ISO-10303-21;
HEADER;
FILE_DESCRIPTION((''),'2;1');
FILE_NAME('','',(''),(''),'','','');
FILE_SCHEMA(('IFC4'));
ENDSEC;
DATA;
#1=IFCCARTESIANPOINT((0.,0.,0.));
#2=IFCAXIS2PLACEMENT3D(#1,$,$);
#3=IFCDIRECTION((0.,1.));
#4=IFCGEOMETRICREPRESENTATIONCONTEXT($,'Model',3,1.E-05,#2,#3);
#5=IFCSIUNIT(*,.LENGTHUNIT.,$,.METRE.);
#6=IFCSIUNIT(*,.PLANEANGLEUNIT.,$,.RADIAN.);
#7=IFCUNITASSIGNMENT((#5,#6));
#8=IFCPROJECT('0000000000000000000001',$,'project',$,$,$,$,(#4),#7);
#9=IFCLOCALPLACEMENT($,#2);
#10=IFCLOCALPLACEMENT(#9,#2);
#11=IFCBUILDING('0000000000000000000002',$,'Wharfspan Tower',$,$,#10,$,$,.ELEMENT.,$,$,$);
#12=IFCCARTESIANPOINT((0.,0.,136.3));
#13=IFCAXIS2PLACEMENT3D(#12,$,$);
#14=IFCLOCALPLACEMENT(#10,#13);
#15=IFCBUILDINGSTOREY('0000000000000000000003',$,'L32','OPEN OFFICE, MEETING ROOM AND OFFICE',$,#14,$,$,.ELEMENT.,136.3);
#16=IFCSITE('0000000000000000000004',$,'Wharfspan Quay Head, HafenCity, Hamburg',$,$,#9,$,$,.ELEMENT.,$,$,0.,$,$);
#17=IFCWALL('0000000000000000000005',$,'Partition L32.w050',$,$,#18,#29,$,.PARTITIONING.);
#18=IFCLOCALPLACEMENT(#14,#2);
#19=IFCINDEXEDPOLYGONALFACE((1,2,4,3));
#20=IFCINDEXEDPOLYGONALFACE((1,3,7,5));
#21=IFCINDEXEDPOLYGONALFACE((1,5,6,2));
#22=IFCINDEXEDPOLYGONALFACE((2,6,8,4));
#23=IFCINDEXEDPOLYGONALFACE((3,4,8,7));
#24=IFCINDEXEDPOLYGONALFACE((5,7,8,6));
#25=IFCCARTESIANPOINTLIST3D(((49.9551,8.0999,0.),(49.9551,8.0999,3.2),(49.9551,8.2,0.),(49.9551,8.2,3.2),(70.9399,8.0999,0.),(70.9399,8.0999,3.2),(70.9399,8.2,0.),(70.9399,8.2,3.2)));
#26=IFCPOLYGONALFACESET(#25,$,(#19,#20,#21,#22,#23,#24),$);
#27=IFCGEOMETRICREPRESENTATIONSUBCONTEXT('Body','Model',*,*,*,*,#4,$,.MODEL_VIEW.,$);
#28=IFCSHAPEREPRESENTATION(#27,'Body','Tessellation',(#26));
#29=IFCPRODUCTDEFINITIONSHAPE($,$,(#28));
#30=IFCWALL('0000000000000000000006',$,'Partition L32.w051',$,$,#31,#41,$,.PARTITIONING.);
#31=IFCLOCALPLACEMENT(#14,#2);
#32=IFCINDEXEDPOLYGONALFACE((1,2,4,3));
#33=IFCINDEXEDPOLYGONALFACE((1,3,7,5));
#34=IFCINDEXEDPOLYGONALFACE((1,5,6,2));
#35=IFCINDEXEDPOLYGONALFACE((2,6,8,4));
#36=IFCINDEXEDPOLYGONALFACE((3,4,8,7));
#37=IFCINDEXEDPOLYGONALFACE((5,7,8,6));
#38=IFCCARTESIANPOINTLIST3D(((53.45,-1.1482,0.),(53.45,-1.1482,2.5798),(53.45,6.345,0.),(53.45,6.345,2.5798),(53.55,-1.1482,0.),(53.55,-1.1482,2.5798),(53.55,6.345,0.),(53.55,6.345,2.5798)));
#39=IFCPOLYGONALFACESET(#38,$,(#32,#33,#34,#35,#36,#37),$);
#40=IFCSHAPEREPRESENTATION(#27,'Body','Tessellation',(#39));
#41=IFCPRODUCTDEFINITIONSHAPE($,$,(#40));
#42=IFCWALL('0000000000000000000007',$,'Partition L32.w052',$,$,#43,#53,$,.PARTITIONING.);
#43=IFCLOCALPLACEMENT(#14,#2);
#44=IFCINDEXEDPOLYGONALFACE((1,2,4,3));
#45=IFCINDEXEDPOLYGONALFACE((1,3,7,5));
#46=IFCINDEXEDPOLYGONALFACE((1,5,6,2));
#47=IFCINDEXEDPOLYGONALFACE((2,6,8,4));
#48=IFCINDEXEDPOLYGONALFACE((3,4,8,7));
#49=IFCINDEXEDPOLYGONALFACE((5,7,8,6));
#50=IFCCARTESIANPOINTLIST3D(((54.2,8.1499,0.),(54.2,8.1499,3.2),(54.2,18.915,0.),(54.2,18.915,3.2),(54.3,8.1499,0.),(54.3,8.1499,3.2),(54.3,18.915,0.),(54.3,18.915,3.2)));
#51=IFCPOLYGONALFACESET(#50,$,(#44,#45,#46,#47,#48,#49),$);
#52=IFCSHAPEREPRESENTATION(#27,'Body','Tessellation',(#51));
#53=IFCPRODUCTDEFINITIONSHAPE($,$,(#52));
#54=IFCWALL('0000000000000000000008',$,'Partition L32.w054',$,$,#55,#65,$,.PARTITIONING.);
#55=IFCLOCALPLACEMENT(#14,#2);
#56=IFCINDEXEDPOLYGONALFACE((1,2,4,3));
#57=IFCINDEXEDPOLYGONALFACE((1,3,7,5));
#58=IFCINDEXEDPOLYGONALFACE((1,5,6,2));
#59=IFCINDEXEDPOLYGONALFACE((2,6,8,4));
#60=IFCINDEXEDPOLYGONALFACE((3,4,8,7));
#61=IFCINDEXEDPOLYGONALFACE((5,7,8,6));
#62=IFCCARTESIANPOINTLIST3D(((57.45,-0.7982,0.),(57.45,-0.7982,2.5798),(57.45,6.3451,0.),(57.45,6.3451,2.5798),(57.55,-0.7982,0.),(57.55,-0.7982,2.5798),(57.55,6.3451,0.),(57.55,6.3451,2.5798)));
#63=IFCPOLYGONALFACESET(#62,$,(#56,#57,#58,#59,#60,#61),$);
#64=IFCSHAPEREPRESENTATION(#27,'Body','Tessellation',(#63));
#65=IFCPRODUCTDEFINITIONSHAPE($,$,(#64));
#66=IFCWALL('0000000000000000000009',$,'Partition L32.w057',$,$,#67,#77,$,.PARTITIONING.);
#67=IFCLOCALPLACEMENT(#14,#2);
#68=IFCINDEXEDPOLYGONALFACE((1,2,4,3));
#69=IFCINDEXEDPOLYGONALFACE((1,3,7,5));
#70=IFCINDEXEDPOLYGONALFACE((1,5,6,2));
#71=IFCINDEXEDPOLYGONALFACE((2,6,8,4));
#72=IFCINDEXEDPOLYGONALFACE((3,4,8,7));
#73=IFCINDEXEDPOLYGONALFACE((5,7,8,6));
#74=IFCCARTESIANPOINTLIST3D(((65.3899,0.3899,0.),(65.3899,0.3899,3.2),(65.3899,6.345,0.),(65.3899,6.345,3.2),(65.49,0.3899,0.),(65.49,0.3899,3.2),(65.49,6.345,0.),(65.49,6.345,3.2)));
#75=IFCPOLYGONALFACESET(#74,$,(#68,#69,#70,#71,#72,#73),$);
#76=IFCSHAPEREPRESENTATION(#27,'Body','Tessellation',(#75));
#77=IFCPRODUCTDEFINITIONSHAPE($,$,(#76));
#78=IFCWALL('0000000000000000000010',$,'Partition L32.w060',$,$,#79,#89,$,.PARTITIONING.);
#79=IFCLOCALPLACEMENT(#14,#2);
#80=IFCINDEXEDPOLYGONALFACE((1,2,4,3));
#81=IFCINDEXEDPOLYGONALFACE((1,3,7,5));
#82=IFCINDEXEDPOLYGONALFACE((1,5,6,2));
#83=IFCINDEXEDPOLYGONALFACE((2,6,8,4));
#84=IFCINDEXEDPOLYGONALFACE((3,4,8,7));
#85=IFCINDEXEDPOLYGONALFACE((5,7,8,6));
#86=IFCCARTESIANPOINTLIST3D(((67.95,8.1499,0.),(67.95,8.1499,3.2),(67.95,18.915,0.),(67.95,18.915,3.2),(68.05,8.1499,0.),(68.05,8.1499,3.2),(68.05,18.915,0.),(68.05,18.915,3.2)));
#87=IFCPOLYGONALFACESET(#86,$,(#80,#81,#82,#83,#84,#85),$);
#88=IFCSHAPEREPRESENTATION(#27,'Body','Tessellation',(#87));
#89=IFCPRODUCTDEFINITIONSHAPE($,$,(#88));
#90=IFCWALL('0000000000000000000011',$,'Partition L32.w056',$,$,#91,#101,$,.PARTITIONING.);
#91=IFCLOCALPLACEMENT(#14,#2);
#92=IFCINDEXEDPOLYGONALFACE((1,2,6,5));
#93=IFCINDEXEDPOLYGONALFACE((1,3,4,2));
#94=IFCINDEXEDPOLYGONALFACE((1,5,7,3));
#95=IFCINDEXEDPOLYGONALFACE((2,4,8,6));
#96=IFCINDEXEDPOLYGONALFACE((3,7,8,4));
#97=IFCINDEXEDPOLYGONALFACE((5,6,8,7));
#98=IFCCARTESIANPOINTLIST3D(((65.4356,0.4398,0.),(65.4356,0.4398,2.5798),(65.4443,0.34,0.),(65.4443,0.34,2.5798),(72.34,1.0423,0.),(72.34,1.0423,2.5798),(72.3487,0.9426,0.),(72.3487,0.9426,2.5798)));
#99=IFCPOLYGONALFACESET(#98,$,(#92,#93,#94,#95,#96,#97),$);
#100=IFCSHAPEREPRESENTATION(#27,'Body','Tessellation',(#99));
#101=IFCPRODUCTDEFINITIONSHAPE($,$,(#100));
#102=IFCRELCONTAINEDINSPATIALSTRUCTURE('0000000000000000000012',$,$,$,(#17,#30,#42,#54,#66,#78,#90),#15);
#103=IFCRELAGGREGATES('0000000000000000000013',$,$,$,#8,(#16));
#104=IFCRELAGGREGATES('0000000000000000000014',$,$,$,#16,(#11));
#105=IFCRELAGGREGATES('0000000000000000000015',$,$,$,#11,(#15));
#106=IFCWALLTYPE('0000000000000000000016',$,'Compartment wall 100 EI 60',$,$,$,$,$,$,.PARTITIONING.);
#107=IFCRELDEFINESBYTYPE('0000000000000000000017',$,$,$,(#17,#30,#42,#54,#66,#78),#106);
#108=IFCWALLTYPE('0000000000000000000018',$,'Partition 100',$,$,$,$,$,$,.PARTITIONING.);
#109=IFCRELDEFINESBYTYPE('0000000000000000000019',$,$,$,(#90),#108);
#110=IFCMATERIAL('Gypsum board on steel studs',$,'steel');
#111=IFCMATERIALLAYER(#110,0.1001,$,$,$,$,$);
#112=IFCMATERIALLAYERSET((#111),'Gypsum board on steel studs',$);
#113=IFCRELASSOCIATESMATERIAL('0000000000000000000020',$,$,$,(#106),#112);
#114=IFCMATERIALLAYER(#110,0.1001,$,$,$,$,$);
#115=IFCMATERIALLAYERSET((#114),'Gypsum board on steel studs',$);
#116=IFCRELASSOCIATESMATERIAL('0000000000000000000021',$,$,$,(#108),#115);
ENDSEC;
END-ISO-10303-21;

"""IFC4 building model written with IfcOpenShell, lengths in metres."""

from ifc_helpers import new_model, si_unit, direction, frame, frame_2d, origin, place, context, subcontext, project, spatial, rectangle, extrude, material, layer, layer_set, type_object, element, save


model = new_model("IFC4")

# Units and contexts
model_context = context("Model", 3, precision=1e-05, world=origin(), true_north=direction((0.0, 1.0)))
body_context = subcontext(model_context, "Body", "Model", "MODEL_VIEW")
ifc_project = project(units=[si_unit("LENGTHUNIT", "METRE"), si_unit("PLANEANGLEUNIT", "RADIAN")], contexts=[model_context])

# Site, building, storey
site_placement = place(None, origin())
site = spatial("IfcSite", under=ifc_project, at=site_placement, Name="Wharfspan Quay Head, HafenCity, Hamburg", CompositionType="ELEMENT", RefElevation=0.0)
building_placement = place(site_placement, origin())
building = spatial("IfcBuilding", under=site, at=building_placement, Name="Wharfspan Tower", CompositionType="ELEMENT")
storey_placement = place(building_placement, frame((0.0, 0.0, 136.3)))
storey = spatial("IfcBuildingStorey", under=building, at=storey_placement, Name="L32", Description="OPEN OFFICE, MEETING ROOM AND OFFICE", CompositionType="ELEMENT", Elevation=136.3)

# Walls
ifc_material_1 = material(Name="Gypsum board on steel studs", Category="steel")
ifc_layer_1 = layer(ifc_material_1, 0.1001)
ifc_layer_set_1 = layer_set([ifc_layer_1], Name="Gypsum board on steel studs")
wall_type_1 = type_object("IfcWallType", Name="Compartment wall 100 EI 60", PredefinedType="PARTITIONING", material=ifc_layer_set_1)
wall_1_placement = place(storey_placement, frame((49.9551, 8.1499, 0.0), z_axis=(0.0, 0.0, 1.0), x_axis=(1.0, 0.0, 0.0)))
element("IfcWall", 1, at=wall_1_placement, inside=storey, type_object=wall_type_1, Name="Partition L32.w050", PredefinedType="PARTITIONING", context=body_context, shape_type="SweptSolid", body=[
    extrude(rectangle(XDim=20.9849, YDim=0.1001, at=frame_2d((10.4924, 0.0))), origin(), (0.0, 0.0, 1.0), 3.2),
])
wall_2_placement = place(storey_placement, frame((53.5, -1.1482, 0.0), z_axis=(0.0, 0.0, 1.0), x_axis=(0.0, 1.0, 0.0)))
element("IfcWall", 2, at=wall_2_placement, inside=storey, type_object=wall_type_1, Name="Partition L32.w051", PredefinedType="PARTITIONING", context=body_context, shape_type="SweptSolid", body=[
    extrude(rectangle(XDim=7.4932, YDim=0.1001, at=frame_2d((3.7466, 0.0))), origin(), (0.0, 0.0, 1.0), 2.5798),
])
wall_3_placement = place(storey_placement, frame((54.25, 8.1499, 0.0), z_axis=(0.0, 0.0, 1.0), x_axis=(0.0, 1.0, 0.0)))
element("IfcWall", 3, at=wall_3_placement, inside=storey, type_object=wall_type_1, Name="Partition L32.w052", PredefinedType="PARTITIONING", context=body_context, shape_type="SweptSolid", body=[
    extrude(rectangle(XDim=10.7651, YDim=0.1001, at=frame_2d((5.3826, 0.0))), origin(), (0.0, 0.0, 1.0), 3.2),
])
wall_4_placement = place(storey_placement, frame((57.5, -0.7983, 0.0), z_axis=(0.0, 0.0, 1.0), x_axis=(0.0, 1.0, 0.0)))
element("IfcWall", 4, at=wall_4_placement, inside=storey, type_object=wall_type_1, Name="Partition L32.w054", PredefinedType="PARTITIONING", context=body_context, shape_type="SweptSolid", body=[
    extrude(rectangle(XDim=7.1433, YDim=0.1001, at=frame_2d((3.5718, 0.0))), origin(), (0.0, 0.0, 1.0), 2.5798),
])
wall_5_placement = place(storey_placement, frame((65.4399, 0.3899, 0.0), z_axis=(0.0, 0.0, 1.0), x_axis=(0.0, 1.0, 0.0)))
element("IfcWall", 5, at=wall_5_placement, inside=storey, type_object=wall_type_1, Name="Partition L32.w057", PredefinedType="PARTITIONING", context=body_context, shape_type="SweptSolid", body=[
    extrude(rectangle(XDim=5.9551, YDim=0.1001, at=frame_2d((2.9775, 0.0))), origin(), (0.0, 0.0, 1.0), 3.2),
])
wall_6_placement = place(storey_placement, frame((68.0, 8.1499, 0.0), z_axis=(0.0, 0.0, 1.0), x_axis=(0.0, 1.0, 0.0)))
element("IfcWall", 6, at=wall_6_placement, inside=storey, type_object=wall_type_1, Name="Partition L32.w060", PredefinedType="PARTITIONING", context=body_context, shape_type="SweptSolid", body=[
    extrude(rectangle(XDim=10.7651, YDim=0.1001, at=frame_2d((5.3826, 0.0))), origin(), (0.0, 0.0, 1.0), 3.2),
])
ifc_layer_2 = layer(ifc_material_1, 0.1001)
ifc_layer_set_2 = layer_set([ifc_layer_2], Name="Gypsum board on steel studs")
wall_type_2 = type_object("IfcWallType", Name="Partition 100", PredefinedType="PARTITIONING", material=ifc_layer_set_2)
wall_7_placement = place(storey_placement, frame((65.4399, 0.3899, 0.0), z_axis=(0.0, 0.0, 1.0), x_axis=(0.996218, 0.086937, 0.0)))
element("IfcWall", 7, at=wall_7_placement, inside=storey, type_object=wall_type_2, Name="Partition L32.w056", PredefinedType="PARTITIONING", context=body_context, shape_type="SweptSolid", body=[
    extrude(rectangle(XDim=6.9307, YDim=0.1001, at=frame_2d((3.4653, 0.0))), origin(), (0.0, 0.0, 1.0), 2.5798),
])

save(model, "model.ifc")
